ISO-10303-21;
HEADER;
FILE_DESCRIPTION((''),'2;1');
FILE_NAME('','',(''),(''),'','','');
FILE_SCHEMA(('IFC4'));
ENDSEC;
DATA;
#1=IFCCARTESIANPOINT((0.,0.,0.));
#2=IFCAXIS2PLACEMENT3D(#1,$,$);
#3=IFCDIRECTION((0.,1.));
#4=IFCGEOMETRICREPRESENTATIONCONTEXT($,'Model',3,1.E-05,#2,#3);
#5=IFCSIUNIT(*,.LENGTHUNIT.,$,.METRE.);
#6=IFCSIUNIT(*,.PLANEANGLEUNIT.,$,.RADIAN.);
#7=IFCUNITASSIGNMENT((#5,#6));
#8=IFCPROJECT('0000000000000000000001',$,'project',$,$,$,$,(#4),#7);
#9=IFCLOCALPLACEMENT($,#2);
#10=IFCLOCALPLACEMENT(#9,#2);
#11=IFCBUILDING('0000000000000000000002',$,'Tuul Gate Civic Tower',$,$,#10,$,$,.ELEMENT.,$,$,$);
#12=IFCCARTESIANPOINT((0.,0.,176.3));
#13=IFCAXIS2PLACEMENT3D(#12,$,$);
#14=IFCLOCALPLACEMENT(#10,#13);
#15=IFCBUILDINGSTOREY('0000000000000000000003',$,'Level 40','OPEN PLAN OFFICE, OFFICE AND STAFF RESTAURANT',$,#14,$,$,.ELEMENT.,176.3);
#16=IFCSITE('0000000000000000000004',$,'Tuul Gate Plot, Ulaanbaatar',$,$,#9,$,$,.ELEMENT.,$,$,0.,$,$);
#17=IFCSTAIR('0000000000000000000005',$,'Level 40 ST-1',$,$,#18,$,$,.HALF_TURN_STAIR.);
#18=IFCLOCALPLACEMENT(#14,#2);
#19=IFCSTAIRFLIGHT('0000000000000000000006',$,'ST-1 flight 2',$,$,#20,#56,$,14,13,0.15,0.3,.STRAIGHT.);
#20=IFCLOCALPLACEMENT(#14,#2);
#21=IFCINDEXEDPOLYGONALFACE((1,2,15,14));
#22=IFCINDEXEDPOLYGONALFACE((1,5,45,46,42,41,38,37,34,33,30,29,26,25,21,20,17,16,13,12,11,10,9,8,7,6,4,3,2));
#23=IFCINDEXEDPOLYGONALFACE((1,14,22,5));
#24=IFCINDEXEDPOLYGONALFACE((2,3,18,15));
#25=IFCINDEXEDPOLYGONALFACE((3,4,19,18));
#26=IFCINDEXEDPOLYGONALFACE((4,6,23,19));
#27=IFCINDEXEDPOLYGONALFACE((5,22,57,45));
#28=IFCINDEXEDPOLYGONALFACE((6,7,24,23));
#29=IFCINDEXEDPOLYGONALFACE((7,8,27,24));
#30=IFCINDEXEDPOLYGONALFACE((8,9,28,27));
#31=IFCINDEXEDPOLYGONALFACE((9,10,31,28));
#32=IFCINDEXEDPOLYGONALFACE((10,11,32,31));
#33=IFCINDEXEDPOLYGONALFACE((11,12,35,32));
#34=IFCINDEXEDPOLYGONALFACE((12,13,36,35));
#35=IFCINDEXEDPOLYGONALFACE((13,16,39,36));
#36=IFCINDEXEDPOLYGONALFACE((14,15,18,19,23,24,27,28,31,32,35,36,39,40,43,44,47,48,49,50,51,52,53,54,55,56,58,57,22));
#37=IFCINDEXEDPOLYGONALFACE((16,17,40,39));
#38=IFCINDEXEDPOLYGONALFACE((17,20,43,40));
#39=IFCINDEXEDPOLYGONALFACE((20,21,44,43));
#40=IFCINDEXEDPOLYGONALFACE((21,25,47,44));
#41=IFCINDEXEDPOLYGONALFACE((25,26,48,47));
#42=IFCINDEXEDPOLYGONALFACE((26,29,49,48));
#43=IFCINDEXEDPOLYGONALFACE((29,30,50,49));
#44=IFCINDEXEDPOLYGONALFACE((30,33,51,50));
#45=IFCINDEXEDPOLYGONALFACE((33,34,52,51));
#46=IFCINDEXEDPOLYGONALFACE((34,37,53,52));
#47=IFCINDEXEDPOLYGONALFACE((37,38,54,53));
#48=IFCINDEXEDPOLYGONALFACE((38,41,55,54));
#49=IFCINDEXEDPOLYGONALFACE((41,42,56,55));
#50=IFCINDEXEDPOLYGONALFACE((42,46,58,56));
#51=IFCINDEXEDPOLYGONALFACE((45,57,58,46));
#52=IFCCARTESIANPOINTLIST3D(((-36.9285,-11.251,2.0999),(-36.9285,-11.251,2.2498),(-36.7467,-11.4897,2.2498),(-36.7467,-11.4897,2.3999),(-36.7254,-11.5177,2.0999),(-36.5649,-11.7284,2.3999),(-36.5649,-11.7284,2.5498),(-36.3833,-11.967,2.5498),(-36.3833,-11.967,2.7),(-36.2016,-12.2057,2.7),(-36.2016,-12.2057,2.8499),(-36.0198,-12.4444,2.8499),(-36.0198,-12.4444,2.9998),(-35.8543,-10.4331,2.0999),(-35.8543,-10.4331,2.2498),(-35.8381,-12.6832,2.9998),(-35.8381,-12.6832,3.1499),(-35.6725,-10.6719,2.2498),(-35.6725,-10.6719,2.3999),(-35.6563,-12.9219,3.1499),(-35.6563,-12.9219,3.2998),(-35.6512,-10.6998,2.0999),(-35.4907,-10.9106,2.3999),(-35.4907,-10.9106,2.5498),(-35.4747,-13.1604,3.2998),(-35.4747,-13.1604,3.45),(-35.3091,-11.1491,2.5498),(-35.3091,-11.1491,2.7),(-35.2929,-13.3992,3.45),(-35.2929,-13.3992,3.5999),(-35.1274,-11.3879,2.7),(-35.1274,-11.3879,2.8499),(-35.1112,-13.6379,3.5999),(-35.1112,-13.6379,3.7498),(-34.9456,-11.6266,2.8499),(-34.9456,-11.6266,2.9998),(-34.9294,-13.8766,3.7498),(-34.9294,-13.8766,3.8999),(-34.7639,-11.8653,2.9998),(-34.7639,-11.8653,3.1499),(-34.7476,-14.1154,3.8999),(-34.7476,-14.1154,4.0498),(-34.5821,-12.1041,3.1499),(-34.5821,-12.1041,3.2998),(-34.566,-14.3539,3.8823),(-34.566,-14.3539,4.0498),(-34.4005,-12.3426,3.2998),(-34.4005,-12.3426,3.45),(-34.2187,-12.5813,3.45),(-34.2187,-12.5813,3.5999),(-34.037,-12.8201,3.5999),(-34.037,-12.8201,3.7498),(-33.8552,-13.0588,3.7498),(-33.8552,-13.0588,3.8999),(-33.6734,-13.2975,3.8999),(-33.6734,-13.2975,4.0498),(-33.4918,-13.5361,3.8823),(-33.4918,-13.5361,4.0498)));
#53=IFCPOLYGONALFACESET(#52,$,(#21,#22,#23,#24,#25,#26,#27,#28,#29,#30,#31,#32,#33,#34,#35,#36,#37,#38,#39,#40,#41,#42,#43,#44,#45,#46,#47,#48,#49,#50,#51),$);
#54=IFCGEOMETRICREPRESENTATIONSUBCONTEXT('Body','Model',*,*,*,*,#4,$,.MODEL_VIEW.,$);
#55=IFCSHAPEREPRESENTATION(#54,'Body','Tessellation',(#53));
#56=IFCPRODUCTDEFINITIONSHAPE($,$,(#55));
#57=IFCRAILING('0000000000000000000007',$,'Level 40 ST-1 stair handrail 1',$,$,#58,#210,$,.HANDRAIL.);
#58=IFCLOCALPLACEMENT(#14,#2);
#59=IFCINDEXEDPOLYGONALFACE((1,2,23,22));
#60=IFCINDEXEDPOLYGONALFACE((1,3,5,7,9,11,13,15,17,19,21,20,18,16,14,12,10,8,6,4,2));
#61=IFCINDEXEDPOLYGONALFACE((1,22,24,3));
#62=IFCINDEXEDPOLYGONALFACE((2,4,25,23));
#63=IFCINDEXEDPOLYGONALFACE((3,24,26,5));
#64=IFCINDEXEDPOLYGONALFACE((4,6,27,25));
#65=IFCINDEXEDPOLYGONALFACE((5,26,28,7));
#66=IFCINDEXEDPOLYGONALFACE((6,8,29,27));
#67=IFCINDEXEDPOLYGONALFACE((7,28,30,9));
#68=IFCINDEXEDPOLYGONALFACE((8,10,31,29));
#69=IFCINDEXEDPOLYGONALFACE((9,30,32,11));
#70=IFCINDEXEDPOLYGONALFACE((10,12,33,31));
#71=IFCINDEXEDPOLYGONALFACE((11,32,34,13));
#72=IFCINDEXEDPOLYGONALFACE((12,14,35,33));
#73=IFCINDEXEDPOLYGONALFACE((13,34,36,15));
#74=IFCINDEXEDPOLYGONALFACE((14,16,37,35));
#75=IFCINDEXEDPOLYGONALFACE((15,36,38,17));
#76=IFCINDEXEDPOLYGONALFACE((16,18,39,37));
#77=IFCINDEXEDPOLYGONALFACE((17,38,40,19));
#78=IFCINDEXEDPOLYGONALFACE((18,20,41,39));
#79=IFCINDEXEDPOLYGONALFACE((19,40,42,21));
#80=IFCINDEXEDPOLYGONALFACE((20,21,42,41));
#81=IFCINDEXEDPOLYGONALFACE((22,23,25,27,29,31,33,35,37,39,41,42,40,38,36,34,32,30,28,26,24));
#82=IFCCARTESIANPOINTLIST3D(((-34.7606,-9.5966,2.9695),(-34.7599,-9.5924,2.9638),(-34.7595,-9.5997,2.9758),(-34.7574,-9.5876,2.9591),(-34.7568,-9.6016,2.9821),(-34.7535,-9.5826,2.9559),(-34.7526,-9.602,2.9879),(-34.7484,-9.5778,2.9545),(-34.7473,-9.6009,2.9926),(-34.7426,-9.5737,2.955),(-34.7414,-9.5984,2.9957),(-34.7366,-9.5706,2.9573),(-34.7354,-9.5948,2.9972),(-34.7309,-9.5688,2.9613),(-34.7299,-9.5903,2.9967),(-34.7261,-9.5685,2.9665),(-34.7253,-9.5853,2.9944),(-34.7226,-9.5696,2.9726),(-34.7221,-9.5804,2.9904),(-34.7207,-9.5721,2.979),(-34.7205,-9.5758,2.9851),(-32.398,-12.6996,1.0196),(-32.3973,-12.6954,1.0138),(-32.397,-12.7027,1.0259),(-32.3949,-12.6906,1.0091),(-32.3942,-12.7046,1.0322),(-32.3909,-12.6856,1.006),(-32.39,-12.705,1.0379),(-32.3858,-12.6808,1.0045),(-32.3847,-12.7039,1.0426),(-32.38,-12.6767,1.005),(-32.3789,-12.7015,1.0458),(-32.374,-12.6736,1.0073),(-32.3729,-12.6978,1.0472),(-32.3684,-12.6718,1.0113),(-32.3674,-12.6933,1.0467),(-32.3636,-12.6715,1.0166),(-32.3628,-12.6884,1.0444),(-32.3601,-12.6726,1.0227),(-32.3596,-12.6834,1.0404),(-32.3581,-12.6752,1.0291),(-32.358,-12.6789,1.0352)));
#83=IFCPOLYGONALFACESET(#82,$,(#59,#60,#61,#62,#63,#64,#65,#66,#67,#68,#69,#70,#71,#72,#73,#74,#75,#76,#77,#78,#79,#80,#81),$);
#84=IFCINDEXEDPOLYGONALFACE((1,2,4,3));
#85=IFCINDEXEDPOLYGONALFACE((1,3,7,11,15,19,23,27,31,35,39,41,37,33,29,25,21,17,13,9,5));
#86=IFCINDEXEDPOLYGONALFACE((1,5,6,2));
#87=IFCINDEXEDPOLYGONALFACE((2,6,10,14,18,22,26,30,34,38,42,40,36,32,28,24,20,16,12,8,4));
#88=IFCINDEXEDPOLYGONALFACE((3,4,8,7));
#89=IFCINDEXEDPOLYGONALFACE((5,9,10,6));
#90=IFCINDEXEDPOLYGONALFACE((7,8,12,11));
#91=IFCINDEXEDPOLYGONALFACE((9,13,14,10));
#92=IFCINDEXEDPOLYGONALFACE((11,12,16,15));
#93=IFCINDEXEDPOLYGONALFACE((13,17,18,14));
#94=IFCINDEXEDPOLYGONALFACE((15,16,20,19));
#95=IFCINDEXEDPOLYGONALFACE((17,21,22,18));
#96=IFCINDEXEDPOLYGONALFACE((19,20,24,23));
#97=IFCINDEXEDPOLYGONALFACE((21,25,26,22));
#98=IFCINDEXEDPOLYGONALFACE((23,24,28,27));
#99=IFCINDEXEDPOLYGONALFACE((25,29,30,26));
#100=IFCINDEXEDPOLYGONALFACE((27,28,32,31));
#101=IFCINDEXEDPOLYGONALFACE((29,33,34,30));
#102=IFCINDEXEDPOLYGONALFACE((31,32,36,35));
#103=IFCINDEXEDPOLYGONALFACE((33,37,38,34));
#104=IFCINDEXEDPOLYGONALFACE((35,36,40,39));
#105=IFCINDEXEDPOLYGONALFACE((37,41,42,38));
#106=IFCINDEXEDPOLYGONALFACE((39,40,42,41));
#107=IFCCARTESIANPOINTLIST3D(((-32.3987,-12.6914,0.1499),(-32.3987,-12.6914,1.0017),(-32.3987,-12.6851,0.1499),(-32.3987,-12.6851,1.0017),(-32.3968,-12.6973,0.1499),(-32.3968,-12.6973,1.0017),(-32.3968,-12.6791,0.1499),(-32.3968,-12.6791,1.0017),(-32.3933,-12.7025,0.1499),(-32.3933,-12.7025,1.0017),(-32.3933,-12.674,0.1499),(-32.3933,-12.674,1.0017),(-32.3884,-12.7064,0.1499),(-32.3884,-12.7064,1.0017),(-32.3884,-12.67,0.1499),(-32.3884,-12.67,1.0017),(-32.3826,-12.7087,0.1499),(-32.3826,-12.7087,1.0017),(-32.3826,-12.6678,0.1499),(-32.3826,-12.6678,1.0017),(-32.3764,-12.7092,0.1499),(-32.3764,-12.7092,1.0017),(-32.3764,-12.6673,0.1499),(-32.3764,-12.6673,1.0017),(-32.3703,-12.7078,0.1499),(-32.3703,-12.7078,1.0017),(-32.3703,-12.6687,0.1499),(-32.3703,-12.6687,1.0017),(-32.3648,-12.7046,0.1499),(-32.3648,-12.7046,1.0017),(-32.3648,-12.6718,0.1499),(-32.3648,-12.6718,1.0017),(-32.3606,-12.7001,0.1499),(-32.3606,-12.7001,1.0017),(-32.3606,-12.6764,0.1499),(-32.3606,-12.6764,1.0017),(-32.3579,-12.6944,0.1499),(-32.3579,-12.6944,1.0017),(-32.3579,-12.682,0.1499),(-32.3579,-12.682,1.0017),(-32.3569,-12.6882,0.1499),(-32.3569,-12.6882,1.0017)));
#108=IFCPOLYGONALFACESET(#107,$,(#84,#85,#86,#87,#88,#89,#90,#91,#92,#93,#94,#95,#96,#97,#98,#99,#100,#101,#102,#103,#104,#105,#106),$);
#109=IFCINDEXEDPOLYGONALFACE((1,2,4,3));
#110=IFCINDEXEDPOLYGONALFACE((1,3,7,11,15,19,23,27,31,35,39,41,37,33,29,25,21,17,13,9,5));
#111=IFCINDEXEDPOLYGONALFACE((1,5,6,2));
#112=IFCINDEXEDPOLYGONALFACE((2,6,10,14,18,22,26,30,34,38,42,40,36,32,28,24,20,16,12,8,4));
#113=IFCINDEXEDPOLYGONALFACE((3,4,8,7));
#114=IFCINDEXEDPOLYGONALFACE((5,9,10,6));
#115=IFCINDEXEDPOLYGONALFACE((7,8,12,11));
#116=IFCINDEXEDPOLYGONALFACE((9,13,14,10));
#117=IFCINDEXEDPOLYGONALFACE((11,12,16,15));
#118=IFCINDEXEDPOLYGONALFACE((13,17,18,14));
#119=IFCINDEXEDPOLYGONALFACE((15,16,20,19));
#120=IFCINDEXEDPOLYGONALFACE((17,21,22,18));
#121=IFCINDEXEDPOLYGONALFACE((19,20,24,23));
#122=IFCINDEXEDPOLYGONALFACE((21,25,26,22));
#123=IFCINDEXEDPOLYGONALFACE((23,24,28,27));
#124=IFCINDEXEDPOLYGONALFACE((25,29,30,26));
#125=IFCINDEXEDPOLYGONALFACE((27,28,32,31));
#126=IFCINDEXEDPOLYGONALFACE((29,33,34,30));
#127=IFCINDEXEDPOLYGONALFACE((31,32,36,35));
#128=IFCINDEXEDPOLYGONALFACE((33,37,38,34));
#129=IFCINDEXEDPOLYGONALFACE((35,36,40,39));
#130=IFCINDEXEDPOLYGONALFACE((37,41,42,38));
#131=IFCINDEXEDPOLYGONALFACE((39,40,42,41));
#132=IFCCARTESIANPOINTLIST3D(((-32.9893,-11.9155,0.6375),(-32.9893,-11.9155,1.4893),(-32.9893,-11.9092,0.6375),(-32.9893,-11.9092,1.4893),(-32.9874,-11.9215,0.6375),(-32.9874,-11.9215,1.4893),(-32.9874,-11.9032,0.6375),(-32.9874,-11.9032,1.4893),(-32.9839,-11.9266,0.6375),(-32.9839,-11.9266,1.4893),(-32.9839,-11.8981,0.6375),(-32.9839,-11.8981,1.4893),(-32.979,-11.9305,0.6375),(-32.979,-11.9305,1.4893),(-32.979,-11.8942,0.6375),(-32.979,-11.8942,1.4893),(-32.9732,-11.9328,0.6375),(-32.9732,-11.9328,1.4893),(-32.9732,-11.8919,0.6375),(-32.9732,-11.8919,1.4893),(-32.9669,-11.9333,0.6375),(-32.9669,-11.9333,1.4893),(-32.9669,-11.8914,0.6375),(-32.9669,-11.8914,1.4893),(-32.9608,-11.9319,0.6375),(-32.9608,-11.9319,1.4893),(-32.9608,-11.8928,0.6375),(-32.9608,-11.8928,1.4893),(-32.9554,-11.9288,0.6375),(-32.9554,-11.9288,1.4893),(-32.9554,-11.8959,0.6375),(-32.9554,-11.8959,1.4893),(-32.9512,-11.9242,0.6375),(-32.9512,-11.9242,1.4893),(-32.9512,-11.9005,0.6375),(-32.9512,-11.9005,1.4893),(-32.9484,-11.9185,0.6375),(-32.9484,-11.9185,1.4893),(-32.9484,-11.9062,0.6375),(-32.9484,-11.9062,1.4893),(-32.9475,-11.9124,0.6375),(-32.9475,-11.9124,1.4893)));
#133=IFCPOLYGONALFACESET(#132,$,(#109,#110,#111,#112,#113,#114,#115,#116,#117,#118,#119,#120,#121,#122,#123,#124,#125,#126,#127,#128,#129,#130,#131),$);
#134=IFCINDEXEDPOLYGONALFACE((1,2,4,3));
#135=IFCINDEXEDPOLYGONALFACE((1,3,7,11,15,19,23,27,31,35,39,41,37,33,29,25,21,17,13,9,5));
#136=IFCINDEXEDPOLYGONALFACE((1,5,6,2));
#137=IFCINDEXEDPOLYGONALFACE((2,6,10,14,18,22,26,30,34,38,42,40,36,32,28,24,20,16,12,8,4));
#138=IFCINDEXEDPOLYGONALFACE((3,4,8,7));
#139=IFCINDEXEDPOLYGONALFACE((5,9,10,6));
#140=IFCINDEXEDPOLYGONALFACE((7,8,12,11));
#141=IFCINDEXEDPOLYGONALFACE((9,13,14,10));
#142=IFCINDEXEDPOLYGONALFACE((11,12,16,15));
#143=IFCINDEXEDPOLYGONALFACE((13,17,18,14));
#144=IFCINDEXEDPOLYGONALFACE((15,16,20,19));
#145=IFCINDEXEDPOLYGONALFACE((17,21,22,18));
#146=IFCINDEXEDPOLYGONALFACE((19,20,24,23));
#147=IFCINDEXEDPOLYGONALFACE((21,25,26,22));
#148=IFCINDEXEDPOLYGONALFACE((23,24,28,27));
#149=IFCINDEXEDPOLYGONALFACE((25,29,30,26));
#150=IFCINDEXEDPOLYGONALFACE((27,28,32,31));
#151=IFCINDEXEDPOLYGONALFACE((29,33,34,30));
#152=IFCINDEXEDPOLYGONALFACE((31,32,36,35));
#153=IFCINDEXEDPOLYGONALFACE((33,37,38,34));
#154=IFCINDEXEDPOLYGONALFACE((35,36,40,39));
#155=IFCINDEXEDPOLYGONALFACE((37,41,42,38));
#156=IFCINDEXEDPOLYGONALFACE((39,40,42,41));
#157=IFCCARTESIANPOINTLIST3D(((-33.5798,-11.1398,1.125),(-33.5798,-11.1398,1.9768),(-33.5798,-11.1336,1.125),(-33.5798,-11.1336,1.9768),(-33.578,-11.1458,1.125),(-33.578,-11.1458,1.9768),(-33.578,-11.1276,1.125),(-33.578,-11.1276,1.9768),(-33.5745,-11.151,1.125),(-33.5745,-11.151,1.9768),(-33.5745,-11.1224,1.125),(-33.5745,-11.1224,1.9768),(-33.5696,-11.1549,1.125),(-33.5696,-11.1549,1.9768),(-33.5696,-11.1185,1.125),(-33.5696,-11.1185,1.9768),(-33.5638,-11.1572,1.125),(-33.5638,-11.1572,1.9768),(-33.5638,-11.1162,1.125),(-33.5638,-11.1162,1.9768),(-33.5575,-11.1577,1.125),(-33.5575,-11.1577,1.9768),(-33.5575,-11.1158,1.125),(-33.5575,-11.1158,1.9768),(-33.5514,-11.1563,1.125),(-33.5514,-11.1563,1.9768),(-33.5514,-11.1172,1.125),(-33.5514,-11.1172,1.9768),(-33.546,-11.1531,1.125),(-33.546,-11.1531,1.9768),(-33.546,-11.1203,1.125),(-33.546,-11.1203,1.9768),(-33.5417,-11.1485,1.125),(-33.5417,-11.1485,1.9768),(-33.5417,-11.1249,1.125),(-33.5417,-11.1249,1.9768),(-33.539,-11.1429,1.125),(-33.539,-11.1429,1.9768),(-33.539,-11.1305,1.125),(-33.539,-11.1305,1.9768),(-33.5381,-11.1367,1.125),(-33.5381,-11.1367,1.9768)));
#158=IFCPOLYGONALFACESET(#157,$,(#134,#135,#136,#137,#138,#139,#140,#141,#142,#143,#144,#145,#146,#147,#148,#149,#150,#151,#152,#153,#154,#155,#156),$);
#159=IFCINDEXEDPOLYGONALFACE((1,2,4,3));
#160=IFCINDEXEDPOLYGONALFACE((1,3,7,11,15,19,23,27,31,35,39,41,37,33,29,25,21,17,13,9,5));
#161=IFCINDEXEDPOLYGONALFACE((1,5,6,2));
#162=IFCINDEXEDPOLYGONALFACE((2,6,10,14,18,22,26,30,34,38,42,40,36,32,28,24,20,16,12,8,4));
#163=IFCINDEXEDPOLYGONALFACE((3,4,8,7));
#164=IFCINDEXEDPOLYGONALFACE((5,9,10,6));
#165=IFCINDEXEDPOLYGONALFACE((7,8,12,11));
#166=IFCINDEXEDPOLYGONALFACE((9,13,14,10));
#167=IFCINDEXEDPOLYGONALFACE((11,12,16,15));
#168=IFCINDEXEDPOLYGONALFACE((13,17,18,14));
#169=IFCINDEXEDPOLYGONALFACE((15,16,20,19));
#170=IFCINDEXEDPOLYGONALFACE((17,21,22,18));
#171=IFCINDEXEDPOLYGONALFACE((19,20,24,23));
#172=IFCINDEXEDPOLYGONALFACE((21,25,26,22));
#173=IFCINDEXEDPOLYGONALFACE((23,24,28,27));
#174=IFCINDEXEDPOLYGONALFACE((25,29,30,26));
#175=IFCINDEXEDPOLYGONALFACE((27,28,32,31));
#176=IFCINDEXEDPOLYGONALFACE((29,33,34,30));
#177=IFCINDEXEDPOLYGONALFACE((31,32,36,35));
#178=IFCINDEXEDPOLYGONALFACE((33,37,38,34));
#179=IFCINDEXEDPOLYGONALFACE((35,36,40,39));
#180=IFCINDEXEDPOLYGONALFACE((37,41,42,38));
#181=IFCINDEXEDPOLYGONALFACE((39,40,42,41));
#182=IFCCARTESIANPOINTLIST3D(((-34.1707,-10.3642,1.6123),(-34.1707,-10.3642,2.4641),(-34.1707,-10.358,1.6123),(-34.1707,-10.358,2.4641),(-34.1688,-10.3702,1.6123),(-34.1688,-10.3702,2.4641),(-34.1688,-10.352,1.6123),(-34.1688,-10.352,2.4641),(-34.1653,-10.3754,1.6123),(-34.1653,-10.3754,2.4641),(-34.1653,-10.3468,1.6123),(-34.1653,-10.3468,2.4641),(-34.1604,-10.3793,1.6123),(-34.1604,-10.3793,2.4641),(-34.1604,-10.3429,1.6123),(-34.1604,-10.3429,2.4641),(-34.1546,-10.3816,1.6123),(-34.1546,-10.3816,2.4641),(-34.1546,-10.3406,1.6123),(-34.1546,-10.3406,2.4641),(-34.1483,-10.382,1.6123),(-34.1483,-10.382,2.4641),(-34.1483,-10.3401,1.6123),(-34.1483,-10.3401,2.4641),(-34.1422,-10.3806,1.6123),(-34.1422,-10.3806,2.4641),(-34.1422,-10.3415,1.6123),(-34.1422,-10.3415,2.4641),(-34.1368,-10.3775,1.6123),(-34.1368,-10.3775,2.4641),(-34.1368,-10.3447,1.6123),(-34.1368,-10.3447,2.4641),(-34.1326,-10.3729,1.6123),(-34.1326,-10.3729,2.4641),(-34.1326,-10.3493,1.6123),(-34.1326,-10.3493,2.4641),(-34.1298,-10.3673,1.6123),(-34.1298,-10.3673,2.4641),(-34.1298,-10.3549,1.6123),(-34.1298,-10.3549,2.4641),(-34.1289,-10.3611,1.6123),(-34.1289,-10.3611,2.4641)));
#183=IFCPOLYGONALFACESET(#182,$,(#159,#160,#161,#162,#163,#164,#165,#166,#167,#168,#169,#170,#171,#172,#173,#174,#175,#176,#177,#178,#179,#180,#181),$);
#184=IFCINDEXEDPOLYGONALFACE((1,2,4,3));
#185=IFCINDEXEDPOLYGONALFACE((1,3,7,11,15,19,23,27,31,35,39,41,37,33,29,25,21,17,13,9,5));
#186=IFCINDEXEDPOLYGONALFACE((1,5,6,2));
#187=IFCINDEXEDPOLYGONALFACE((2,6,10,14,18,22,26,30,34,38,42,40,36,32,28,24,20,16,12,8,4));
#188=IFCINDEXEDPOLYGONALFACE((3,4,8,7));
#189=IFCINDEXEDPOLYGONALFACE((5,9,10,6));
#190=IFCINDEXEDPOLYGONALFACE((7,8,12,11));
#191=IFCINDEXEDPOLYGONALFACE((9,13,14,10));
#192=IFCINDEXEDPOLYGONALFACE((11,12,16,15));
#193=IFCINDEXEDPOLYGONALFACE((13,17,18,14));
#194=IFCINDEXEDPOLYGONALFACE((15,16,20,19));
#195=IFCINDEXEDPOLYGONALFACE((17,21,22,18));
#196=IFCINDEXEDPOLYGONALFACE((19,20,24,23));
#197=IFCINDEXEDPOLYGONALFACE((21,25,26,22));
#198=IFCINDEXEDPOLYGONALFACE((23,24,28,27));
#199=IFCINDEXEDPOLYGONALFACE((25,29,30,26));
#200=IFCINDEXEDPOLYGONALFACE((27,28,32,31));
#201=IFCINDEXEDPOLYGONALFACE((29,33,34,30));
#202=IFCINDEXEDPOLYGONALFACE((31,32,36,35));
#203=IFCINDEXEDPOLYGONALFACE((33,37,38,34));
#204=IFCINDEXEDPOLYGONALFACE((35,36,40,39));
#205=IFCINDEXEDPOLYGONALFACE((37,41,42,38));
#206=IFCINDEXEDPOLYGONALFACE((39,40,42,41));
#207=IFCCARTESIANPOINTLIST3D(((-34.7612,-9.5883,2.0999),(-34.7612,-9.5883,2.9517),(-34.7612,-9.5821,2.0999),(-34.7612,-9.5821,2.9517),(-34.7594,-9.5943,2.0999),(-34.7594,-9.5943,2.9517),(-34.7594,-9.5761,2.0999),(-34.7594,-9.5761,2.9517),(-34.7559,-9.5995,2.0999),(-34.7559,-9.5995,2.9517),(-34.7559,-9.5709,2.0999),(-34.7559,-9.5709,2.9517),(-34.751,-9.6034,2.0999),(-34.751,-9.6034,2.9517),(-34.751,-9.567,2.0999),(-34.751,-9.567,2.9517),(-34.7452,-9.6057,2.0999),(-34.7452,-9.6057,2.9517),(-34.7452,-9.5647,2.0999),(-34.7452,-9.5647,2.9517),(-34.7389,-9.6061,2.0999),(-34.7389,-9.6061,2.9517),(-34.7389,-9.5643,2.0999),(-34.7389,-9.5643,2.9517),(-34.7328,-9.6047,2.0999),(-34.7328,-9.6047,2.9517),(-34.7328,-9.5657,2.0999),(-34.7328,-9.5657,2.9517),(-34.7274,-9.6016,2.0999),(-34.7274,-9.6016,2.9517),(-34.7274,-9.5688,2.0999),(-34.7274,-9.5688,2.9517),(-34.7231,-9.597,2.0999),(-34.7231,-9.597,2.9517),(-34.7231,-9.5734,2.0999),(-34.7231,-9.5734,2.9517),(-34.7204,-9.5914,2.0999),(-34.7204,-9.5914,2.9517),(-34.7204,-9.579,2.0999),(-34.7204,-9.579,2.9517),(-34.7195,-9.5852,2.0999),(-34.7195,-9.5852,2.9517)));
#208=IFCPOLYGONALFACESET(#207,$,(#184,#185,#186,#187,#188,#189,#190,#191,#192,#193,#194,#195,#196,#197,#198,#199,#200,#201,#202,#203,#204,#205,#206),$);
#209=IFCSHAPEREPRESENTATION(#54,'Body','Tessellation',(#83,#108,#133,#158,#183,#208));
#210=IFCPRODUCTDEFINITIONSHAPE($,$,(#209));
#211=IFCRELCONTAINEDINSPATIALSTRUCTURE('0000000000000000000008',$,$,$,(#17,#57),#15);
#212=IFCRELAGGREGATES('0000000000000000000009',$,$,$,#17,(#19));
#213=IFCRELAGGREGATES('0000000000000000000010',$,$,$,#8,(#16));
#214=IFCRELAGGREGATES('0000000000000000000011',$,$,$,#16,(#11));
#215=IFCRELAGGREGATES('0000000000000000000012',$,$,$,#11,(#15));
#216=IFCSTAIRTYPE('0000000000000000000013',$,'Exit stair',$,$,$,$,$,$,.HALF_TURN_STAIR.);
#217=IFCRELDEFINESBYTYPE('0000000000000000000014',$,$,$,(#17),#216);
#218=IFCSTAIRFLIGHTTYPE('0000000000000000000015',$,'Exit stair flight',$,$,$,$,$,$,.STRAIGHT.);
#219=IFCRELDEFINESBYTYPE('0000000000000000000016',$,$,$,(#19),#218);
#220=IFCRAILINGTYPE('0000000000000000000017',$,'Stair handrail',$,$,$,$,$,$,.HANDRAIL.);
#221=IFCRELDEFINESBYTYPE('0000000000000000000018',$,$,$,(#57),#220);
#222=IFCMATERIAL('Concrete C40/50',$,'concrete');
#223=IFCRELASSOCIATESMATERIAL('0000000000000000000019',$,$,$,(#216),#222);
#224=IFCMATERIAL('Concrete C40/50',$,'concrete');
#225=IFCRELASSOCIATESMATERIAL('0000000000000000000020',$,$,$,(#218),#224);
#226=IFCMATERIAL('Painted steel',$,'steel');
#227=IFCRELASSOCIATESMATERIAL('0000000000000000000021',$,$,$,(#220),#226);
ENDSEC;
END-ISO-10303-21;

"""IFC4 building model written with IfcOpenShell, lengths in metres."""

from ifc_helpers import new_model, si_unit, direction, frame, origin, origin_2d, place, context, subcontext, project, spatial, polyline, circle, outline, extrude, material, type_object, element, aggregate, save


model = new_model("IFC4")

# Units and contexts
model_context = context("Model", 3, precision=1e-05, world=origin(), true_north=direction((0.0, 1.0)))
body_context = subcontext(model_context, "Body", "Model", "MODEL_VIEW")
ifc_project = project(units=[si_unit("LENGTHUNIT", "METRE"), si_unit("PLANEANGLEUNIT", "RADIAN")], contexts=[model_context])

# Site, building, storey
site_placement = place(None, origin())
site = spatial("IfcSite", under=ifc_project, at=site_placement, Name="Tuul Gate Plot, Ulaanbaatar", CompositionType="ELEMENT", RefElevation=0.0)
building_placement = place(site_placement, origin())
building = spatial("IfcBuilding", under=site, at=building_placement, Name="Tuul Gate Civic Tower", CompositionType="ELEMENT")
storey_placement = place(building_placement, frame((0.0, 0.0, 176.3)))
storey = spatial("IfcBuildingStorey", under=building, at=storey_placement, Name="Level 40", Description="OPEN PLAN OFFICE, OFFICE AND STAFF RESTAURANT", CompositionType="ELEMENT", Elevation=176.3)

# Stair, stair flight
ifc_material_1 = material(Name="Concrete C40/50", Category="concrete")
stair_type = type_object("IfcStairType", Name="Exit stair", PredefinedType="HALF_TURN_STAIR", material=ifc_material_1)
stair_placement = place(storey_placement, origin())
stair = element("IfcStair", 1, at=stair_placement, inside=storey, type_object=stair_type, Name="Level 40 ST-1", PredefinedType="HALF_TURN_STAIR")
ifc_material_2 = material(Name="Concrete C40/50", Category="concrete")
stair_flight_type = type_object("IfcStairFlightType", Name="Exit stair flight", PredefinedType="STRAIGHT", material=ifc_material_2)
stair_flight_1_placement = place(storey_placement, frame((-36.3914, -10.842, 2.0999), z_axis=(0.0, 0.0, 1.0), x_axis=(0.605764, -0.795644, 0.0)))
stair_flight_1 = element("IfcStairFlight", 2, at=stair_flight_1_placement, type_object=stair_flight_type, Name="ST-1 flight 2", NumberOfRisers=14, NumberOfTreads=13, PredefinedType="STRAIGHT", RiserHeight=0.15, TreadLength=0.3, context=body_context, shape_type="SweptSolid", body=[
    extrude(outline(polyline([(0.0, 0.0), (0.0, 0.1499), (0.3, 0.1499), (0.3, 0.3), (0.6001, 0.3), (0.6001, 0.45), (0.8999, 0.45), (0.8999, 0.6001), (1.2, 0.6001), (1.2, 0.75), (1.5, 0.75), (1.5, 0.8999), (1.8, 0.8999), (1.8, 1.05), (2.1001, 1.05), (2.1001, 1.2), (2.3999, 1.2), (2.3999, 1.3501), (2.7, 1.3501), (2.7, 1.5), (3.0, 1.5), (3.0, 1.6499), (3.3, 1.6499), (3.3, 1.8), (3.6001, 1.8), (3.6001, 1.95), (3.8999, 1.95), (3.8999, 2.1001), (3.8999, 1.7825), (0.3352, 0.0), (0.0, 0.0)])), frame((0.0, 0.675, 0.0), z_axis=(0.0, -1.0, 0.0), x_axis=(1.0, 0.0, 0.0)), (0.0, 0.0, 1.0), 1.3501),
])
aggregate(stair, [stair_flight_1])

# Railing
ifc_material_3 = material(Name="Painted steel", Category="steel")
railing_type_1 = type_object("IfcRailingType", Name="Stair handrail", PredefinedType="HANDRAIL", material=ifc_material_3)
railing_1_placement = place(storey_placement, frame((-32.3779, -12.6882, 0.1499)))
element("IfcRailing", 3, at=railing_1_placement, inside=storey, type_object=railing_type_1, Name="Level 40 ST-1 stair handrail 1", PredefinedType="HANDRAIL", context=body_context, shape_type="SweptSolid", body=[
    extrude(circle(Radius=0.0239, at=origin_2d()), frame((0.0, 0.0, 0.876), z_axis=(-0.541824, 0.711645, 0.4472), x_axis=(-0.795637, -0.605773, 0.0)), (0.0, 0.0, 1.0), 4.3604),
    extrude(circle(Radius=0.021, at=origin_2d()), origin(), (0.0, 0.0, 1.0), 0.8518),
    extrude(circle(Radius=0.021, at=origin_2d()), frame((-0.5906, 0.7759, 0.4875)), (0.0, 0.0, 1.0), 0.8518),
    extrude(circle(Radius=0.021, at=origin_2d()), frame((-1.1812, 1.5515, 0.9751)), (0.0, 0.0, 1.0), 0.8518),
    extrude(circle(Radius=0.021, at=origin_2d()), frame((-1.772, 2.3271, 1.4624)), (0.0, 0.0, 1.0), 0.8518),
    extrude(circle(Radius=0.021, at=origin_2d()), frame((-2.3625, 3.103, 1.95)), (0.0, 0.0, 1.0), 0.8518),
])

save(model, "model.ifc")
